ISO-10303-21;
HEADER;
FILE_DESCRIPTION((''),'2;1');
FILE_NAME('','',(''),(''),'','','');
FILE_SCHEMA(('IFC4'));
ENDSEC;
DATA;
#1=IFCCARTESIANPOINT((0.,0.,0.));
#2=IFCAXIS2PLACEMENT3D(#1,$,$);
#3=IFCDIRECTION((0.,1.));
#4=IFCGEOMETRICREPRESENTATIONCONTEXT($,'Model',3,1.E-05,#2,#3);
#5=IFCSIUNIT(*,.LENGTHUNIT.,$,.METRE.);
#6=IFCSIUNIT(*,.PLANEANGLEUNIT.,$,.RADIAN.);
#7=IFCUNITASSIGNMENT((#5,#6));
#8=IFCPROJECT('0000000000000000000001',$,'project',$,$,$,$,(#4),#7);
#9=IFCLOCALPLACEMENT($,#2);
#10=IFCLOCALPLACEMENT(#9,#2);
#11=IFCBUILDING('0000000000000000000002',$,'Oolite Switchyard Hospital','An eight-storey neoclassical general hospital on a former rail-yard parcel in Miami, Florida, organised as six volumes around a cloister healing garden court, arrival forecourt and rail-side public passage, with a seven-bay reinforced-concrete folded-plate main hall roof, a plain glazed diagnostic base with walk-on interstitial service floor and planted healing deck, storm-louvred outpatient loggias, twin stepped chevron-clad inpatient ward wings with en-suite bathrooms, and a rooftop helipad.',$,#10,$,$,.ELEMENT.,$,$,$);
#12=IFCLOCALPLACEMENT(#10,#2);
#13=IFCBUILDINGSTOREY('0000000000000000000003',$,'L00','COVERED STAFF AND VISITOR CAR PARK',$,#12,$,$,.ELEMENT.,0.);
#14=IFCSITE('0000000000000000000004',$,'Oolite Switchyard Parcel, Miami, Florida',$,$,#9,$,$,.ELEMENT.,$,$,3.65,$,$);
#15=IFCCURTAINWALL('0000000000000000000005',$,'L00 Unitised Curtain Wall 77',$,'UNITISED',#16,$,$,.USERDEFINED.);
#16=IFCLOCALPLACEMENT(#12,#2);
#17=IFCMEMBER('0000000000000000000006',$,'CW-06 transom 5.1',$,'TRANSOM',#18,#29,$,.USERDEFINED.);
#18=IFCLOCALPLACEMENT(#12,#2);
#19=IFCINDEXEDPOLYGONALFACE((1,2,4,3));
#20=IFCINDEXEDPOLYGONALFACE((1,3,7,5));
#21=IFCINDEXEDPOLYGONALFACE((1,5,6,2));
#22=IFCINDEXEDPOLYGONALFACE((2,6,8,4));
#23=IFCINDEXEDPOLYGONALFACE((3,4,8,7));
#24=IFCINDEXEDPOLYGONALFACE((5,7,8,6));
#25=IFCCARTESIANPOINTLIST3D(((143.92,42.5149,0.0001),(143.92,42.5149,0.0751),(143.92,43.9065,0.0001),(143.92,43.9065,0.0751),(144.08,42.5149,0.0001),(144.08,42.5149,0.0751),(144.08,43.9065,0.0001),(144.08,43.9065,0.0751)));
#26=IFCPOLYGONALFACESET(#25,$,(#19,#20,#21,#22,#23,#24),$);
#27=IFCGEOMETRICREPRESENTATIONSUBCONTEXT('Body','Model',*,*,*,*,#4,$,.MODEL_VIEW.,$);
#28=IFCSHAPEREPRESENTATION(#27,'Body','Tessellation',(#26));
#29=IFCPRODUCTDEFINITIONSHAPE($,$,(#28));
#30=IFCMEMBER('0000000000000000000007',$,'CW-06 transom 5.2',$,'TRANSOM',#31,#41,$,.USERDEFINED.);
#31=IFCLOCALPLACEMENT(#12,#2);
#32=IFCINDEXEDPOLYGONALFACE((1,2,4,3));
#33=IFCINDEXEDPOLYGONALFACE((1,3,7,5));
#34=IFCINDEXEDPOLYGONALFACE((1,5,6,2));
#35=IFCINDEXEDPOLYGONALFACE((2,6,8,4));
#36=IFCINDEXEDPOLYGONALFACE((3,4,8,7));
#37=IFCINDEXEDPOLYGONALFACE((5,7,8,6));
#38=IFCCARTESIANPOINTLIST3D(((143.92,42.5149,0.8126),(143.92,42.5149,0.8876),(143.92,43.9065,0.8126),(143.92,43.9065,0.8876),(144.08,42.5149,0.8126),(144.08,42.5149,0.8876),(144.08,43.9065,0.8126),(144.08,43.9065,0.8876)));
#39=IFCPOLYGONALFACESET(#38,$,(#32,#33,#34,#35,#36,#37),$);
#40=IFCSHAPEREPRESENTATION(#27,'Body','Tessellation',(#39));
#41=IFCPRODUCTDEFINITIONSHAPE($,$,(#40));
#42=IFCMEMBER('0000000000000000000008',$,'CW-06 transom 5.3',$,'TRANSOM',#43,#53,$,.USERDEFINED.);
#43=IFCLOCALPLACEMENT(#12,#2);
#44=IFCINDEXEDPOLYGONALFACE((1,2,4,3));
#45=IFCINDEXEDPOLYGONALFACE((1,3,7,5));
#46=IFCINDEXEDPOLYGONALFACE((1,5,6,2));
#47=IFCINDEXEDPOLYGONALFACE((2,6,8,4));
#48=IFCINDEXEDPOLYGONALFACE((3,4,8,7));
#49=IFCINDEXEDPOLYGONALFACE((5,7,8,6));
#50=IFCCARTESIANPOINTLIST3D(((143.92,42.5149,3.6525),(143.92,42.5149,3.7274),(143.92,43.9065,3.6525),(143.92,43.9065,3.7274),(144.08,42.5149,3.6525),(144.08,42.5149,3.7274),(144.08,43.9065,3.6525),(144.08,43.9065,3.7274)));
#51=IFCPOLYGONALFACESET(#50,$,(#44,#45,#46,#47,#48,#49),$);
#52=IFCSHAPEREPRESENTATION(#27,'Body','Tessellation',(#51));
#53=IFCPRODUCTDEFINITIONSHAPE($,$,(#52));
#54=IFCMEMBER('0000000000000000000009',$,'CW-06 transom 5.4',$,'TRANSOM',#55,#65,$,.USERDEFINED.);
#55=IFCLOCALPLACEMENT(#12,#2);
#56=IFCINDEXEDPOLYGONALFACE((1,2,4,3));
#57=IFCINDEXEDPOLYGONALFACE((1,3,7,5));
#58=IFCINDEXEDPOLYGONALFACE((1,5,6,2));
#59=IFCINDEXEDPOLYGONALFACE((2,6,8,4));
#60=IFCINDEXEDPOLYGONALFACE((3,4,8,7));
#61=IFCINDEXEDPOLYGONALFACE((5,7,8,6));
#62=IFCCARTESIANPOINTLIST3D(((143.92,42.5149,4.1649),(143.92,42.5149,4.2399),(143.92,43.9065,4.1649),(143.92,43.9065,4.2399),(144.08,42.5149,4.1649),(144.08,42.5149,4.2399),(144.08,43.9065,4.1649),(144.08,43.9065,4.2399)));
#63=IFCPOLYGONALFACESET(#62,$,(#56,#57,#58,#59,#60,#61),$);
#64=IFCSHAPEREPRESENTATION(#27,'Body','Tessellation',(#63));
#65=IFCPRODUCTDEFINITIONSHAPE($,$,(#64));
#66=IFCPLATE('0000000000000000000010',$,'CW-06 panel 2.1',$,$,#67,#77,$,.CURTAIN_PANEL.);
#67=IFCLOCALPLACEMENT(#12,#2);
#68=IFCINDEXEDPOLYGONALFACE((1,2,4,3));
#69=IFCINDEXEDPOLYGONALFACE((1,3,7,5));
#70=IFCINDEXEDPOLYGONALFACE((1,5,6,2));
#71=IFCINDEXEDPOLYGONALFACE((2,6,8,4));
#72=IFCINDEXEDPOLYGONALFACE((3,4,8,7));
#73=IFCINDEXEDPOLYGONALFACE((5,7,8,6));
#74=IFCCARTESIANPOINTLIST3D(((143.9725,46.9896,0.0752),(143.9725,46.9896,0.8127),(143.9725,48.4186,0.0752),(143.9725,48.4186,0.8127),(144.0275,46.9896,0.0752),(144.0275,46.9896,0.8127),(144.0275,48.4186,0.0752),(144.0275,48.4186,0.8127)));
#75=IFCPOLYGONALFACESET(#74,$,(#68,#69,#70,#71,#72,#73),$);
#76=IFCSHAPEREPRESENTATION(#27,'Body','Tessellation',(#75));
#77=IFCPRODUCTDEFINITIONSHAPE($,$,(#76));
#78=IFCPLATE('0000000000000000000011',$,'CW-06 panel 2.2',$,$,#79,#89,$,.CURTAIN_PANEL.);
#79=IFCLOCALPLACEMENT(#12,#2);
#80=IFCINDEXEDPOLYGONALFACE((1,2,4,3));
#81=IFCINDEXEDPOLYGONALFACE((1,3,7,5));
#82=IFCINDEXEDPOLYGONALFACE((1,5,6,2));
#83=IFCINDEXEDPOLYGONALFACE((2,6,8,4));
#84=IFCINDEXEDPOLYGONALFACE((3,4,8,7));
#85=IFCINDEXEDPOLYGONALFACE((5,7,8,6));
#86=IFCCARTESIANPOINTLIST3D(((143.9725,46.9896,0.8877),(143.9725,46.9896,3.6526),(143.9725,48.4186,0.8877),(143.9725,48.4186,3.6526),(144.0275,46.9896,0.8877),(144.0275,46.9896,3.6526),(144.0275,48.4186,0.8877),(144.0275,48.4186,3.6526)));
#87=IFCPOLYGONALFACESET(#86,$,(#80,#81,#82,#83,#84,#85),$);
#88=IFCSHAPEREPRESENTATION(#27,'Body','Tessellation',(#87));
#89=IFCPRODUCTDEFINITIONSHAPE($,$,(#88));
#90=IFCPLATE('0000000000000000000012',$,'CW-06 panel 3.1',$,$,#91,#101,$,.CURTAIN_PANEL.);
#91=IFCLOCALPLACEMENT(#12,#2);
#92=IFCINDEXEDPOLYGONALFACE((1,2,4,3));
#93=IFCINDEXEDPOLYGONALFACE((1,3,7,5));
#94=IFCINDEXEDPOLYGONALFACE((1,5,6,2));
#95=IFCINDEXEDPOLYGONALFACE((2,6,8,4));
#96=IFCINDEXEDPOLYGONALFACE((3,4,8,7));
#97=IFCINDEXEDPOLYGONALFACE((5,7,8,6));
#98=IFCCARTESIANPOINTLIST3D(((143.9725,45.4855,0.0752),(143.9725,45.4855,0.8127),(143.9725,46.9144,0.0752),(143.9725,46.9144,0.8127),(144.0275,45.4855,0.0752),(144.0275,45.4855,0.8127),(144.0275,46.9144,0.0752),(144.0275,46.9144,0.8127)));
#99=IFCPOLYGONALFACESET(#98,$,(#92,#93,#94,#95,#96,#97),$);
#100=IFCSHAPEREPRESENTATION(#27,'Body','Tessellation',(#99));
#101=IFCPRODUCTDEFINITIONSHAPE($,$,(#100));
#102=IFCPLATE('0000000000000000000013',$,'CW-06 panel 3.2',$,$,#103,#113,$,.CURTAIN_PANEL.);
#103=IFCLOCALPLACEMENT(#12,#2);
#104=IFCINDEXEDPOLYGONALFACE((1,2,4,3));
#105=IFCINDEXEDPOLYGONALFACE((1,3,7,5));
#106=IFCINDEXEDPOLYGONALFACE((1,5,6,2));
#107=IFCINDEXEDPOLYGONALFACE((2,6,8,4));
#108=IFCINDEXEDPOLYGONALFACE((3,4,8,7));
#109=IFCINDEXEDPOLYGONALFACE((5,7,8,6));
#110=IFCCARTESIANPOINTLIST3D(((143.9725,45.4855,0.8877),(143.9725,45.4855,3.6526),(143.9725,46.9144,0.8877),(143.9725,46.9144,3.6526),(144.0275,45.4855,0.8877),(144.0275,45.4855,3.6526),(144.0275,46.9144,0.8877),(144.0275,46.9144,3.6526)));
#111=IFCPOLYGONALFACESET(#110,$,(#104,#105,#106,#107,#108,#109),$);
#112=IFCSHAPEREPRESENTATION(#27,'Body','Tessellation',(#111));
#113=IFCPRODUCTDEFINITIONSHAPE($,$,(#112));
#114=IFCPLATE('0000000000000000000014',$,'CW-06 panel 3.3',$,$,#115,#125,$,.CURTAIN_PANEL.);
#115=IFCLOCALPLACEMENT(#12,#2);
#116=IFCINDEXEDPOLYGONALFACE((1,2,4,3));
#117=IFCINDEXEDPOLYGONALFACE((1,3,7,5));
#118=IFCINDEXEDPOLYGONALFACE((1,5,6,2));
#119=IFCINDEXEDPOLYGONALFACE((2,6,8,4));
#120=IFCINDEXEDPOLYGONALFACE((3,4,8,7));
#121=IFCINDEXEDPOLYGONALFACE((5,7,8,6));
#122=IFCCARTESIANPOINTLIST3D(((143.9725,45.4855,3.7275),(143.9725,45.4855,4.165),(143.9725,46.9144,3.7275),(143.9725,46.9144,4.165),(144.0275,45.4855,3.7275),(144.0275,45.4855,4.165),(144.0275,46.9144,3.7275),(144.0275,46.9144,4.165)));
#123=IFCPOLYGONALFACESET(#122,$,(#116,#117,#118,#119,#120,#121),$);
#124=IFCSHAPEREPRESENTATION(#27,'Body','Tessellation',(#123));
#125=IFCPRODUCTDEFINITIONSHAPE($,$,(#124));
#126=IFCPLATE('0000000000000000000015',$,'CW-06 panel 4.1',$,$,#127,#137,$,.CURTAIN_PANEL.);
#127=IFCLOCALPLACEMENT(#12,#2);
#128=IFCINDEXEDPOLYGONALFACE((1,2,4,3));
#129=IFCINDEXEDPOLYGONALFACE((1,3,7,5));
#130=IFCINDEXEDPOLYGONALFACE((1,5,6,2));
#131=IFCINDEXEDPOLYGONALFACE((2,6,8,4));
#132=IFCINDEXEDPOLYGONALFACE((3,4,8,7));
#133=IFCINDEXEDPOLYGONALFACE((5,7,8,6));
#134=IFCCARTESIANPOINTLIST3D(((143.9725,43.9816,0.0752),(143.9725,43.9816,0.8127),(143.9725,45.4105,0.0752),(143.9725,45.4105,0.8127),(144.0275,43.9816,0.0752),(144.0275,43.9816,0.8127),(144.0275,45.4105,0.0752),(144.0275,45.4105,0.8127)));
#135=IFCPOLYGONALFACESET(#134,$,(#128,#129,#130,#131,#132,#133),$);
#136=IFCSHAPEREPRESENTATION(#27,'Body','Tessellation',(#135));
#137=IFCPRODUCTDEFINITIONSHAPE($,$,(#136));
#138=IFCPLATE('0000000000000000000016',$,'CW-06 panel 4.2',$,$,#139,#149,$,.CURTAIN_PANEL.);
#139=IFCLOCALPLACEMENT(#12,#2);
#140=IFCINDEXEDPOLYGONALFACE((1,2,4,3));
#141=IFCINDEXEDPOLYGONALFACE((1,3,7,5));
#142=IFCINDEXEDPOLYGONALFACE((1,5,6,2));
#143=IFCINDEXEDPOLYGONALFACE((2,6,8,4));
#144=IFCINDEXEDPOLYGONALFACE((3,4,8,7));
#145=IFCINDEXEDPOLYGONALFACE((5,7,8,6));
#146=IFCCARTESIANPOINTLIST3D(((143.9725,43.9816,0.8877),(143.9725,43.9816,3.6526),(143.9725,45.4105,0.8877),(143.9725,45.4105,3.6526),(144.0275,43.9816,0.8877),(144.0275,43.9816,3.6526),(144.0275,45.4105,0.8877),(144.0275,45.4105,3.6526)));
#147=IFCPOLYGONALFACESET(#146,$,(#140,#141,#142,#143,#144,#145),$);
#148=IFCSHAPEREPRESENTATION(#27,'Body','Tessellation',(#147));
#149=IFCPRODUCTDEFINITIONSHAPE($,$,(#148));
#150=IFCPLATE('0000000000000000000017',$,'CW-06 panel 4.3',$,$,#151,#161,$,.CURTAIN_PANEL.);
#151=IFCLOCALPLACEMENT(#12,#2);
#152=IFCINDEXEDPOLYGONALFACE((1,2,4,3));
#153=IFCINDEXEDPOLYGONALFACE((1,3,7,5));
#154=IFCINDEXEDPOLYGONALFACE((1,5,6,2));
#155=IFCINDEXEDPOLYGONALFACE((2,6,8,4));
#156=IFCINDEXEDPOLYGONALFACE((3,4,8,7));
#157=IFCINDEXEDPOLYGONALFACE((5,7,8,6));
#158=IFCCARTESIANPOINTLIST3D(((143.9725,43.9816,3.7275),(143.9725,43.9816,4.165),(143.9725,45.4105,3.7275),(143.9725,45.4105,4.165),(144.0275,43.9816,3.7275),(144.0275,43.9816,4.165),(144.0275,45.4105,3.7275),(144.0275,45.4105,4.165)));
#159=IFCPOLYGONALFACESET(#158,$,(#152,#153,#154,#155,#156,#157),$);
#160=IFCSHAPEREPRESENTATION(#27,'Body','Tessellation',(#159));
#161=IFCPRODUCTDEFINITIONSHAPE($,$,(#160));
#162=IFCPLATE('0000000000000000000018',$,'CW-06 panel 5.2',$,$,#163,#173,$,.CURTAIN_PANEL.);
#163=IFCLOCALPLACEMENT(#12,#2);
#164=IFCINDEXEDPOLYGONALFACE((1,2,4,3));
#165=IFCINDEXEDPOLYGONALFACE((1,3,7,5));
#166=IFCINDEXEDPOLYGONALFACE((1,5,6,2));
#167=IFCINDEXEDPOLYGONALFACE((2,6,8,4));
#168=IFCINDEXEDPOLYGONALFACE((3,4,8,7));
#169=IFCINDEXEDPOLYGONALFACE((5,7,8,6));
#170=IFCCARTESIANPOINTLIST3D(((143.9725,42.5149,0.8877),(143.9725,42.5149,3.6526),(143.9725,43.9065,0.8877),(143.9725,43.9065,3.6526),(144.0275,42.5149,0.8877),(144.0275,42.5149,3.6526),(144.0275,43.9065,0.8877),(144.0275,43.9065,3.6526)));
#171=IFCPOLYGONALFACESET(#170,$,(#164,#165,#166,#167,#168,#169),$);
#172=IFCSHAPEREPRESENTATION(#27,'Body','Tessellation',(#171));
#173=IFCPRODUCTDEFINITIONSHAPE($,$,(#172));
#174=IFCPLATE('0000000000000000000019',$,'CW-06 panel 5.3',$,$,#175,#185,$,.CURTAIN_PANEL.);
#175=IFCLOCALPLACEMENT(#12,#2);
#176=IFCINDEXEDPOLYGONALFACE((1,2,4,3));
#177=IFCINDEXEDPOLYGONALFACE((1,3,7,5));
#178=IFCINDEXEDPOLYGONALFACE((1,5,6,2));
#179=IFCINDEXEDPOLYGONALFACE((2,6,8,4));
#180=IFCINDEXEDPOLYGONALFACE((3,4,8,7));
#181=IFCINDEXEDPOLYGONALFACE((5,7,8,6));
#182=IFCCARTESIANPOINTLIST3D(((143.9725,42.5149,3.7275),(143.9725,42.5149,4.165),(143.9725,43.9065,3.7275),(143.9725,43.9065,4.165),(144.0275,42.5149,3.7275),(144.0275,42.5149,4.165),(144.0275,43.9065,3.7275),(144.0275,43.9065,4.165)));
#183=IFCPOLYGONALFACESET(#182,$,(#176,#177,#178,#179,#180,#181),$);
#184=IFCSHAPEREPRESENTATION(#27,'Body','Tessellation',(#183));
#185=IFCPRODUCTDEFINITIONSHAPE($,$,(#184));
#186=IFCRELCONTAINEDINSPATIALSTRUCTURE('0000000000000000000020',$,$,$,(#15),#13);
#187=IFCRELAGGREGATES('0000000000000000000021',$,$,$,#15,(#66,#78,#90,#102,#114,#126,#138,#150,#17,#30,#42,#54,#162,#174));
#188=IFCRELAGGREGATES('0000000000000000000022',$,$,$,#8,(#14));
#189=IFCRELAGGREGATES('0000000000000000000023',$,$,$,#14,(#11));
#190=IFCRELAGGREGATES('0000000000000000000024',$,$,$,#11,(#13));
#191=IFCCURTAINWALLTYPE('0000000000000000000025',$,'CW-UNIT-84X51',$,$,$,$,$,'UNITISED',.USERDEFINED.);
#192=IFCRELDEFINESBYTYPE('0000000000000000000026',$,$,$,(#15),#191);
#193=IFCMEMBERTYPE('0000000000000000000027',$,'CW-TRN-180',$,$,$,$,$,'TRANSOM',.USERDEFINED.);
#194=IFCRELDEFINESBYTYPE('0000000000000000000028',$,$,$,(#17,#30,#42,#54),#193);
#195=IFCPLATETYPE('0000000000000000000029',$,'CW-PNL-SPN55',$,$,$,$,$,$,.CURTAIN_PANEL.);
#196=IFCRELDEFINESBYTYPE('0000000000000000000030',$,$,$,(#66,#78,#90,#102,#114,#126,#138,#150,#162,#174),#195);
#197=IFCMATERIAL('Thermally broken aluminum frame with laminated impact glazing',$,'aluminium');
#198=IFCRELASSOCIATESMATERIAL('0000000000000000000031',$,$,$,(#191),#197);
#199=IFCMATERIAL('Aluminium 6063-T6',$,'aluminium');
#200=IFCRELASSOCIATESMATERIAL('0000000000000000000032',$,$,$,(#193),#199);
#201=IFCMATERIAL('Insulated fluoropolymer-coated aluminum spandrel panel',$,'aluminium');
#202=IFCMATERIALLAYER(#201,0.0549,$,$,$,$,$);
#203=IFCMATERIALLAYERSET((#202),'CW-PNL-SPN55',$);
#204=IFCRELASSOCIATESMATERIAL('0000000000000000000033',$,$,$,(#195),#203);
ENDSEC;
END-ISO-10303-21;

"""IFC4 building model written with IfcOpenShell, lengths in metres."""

from ifc_helpers import new_model, si_unit, direction, frame, origin, origin_2d, place, context, subcontext, project, spatial, rectangle, extrude, material, layer, layer_set, material_profile, profile_set, type_object, element, aggregate, save


model = new_model("IFC4")

# Units and contexts
model_context = context("Model", 3, precision=1e-05, world=origin(), true_north=direction((0.0, 1.0)))
body_context = subcontext(model_context, "Body", "Model", "MODEL_VIEW")
ifc_project = project(units=[si_unit("LENGTHUNIT", "METRE"), si_unit("PLANEANGLEUNIT", "RADIAN")], contexts=[model_context])

# Site, building, storey
site_placement = place(None, origin())
site = spatial("IfcSite", under=ifc_project, at=site_placement, Name="Oolite Switchyard Parcel, Miami, Florida", CompositionType="ELEMENT", RefElevation=3.65)
building_placement = place(site_placement, origin())
building = spatial("IfcBuilding", under=site, at=building_placement, Name="Oolite Switchyard Hospital", Description="An eight-storey neoclassical general hospital on a former rail-yard parcel in Miami, Florida, organised as six volumes around a cloister healing garden court, arrival forecourt and rail-side public passage, with a seven-bay reinforced-concrete folded-plate main hall roof, a plain glazed diagnostic base with walk-on interstitial service floor and planted healing deck, storm-louvred outpatient loggias, twin stepped chevron-clad inpatient ward wings with en-suite bathrooms, and a rooftop helipad.", CompositionType="ELEMENT")
storey_placement = place(building_placement, origin())
storey = spatial("IfcBuildingStorey", under=building, at=storey_placement, Name="L00", Description="COVERED STAFF AND VISITOR CAR PARK", CompositionType="ELEMENT", Elevation=0.0)

# Curtain wall, members, plates
ifc_material_1 = material(Name="Thermally broken aluminum frame with laminated impact glazing", Category="aluminium")
curtain_wall_type = type_object("IfcCurtainWallType", Name="CW-UNIT-84X51", ElementType="UNITISED", PredefinedType="USERDEFINED", material=ifc_material_1)
curtain_wall_placement = place(storey_placement, origin())
curtain_wall = element("IfcCurtainWall", 1, at=curtain_wall_placement, inside=storey, type_object=curtain_wall_type, Name="L00 Unitised Curtain Wall 77", ObjectType="UNITISED", PredefinedType="USERDEFINED")
ifc_material_2 = material(Name="Aluminium 6063-T6", Category="aluminium")
ifc_material_profile_1 = material_profile(ifc_material_2, rectangle(XDim=0.1599, YDim=0.075, at=origin_2d()), Name="CWT75X160")
ifc_profile_set_1 = profile_set([ifc_material_profile_1], Name="Aluminium 6063-T6")
member_type_1 = type_object("IfcMemberType", Name="CW-TRN-180", ElementType="TRANSOM", PredefinedType="USERDEFINED", material=ifc_profile_set_1)
member_1_placement = place(storey_placement, frame((144.0, 43.9065, 0.0376), z_axis=(0.0, -1.0, 0.0), x_axis=(1.0, 0.0, 0.0)))
member_1 = element("IfcMember", 2, at=member_1_placement, type_object=member_type_1, Name="CW-06 transom 5.1", ObjectType="TRANSOM", PredefinedType="USERDEFINED", context=body_context, shape_type="SweptSolid", body=[
    extrude(rectangle(XDim=0.1599, YDim=0.075, at=origin_2d()), origin(), (0.0, 0.0, 1.0), 1.3916),
])
member_2_placement = place(storey_placement, frame((144.0, 43.9065, 0.8501), z_axis=(0.0, -1.0, 0.0), x_axis=(1.0, 0.0, 0.0)))
member_2 = element("IfcMember", 3, at=member_2_placement, type_object=member_type_1, Name="CW-06 transom 5.2", ObjectType="TRANSOM", PredefinedType="USERDEFINED", context=body_context, shape_type="SweptSolid", body=[
    extrude(rectangle(XDim=0.1599, YDim=0.075, at=origin_2d()), origin(), (0.0, 0.0, 1.0), 1.3916),
])
member_3_placement = place(storey_placement, frame((144.0, 43.9065, 3.6899), z_axis=(0.0, -1.0, 0.0), x_axis=(1.0, 0.0, 0.0)))
member_3 = element("IfcMember", 4, at=member_3_placement, type_object=member_type_1, Name="CW-06 transom 5.3", ObjectType="TRANSOM", PredefinedType="USERDEFINED", context=body_context, shape_type="SweptSolid", body=[
    extrude(rectangle(XDim=0.1599, YDim=0.075, at=origin_2d()), origin(), (0.0, 0.0, 1.0), 1.3916),
])
member_4_placement = place(storey_placement, frame((144.0, 43.9065, 4.2024), z_axis=(0.0, -1.0, 0.0), x_axis=(1.0, 0.0, 0.0)))
member_4 = element("IfcMember", 5, at=member_4_placement, type_object=member_type_1, Name="CW-06 transom 5.4", ObjectType="TRANSOM", PredefinedType="USERDEFINED", context=body_context, shape_type="SweptSolid", body=[
    extrude(rectangle(XDim=0.1599, YDim=0.075, at=origin_2d()), origin(), (0.0, 0.0, 1.0), 1.3916),
])
ifc_material_3 = material(Name="Insulated fluoropolymer-coated aluminum spandrel panel", Category="aluminium")
ifc_layer = layer(ifc_material_3, 0.0549)
ifc_layer_set = layer_set([ifc_layer], Name="CW-PNL-SPN55")
plate_type = type_object("IfcPlateType", Name="CW-PNL-SPN55", PredefinedType="CURTAIN_PANEL", material=ifc_layer_set)
plate_1_placement = place(storey_placement, frame((144.0, 47.7041, 0.0752), z_axis=(0.0, 0.0, 1.0), x_axis=(0.0, -1.0, 0.0)))
plate_1 = element("IfcPlate", 6, at=plate_1_placement, type_object=plate_type, Name="CW-06 panel 2.1", PredefinedType="CURTAIN_PANEL", context=body_context, shape_type="SweptSolid", body=[
    extrude(rectangle(XDim=1.429, YDim=0.0549, at=origin_2d()), origin(), (0.0, 0.0, 1.0), 0.7375),
])
plate_2_placement = place(storey_placement, frame((144.0, 47.7041, 0.8877), z_axis=(0.0, 0.0, 1.0), x_axis=(0.0, -1.0, 0.0)))
plate_2 = element("IfcPlate", 7, at=plate_2_placement, type_object=plate_type, Name="CW-06 panel 2.2", PredefinedType="CURTAIN_PANEL", context=body_context, shape_type="SweptSolid", body=[
    extrude(rectangle(XDim=1.429, YDim=0.0549, at=origin_2d()), origin(), (0.0, 0.0, 1.0), 2.7649),
])
plate_3_placement = place(storey_placement, frame((144.0, 46.2, 0.0752), z_axis=(0.0, 0.0, 1.0), x_axis=(0.0, -1.0, 0.0)))
plate_3 = element("IfcPlate", 8, at=plate_3_placement, type_object=plate_type, Name="CW-06 panel 3.1", PredefinedType="CURTAIN_PANEL", context=body_context, shape_type="SweptSolid", body=[
    extrude(rectangle(XDim=1.429, YDim=0.0549, at=origin_2d()), origin(), (0.0, 0.0, 1.0), 0.7375),
])
plate_4_placement = place(storey_placement, frame((144.0, 46.2, 0.8877), z_axis=(0.0, 0.0, 1.0), x_axis=(0.0, -1.0, 0.0)))
plate_4 = element("IfcPlate", 9, at=plate_4_placement, type_object=plate_type, Name="CW-06 panel 3.2", PredefinedType="CURTAIN_PANEL", context=body_context, shape_type="SweptSolid", body=[
    extrude(rectangle(XDim=1.429, YDim=0.0549, at=origin_2d()), origin(), (0.0, 0.0, 1.0), 2.7649),
])
plate_5_placement = place(storey_placement, frame((144.0, 46.2, 3.7275), z_axis=(0.0, 0.0, 1.0), x_axis=(0.0, -1.0, 0.0)))
plate_5 = element("IfcPlate", 10, at=plate_5_placement, type_object=plate_type, Name="CW-06 panel 3.3", PredefinedType="CURTAIN_PANEL", context=body_context, shape_type="SweptSolid", body=[
    extrude(rectangle(XDim=1.429, YDim=0.0549, at=origin_2d()), origin(), (0.0, 0.0, 1.0), 0.4375),
])
plate_6_placement = place(storey_placement, frame((144.0, 44.696, 0.0752), z_axis=(0.0, 0.0, 1.0), x_axis=(0.0, -1.0, 0.0)))
plate_6 = element("IfcPlate", 11, at=plate_6_placement, type_object=plate_type, Name="CW-06 panel 4.1", PredefinedType="CURTAIN_PANEL", context=body_context, shape_type="SweptSolid", body=[
    extrude(rectangle(XDim=1.429, YDim=0.0549, at=origin_2d()), origin(), (0.0, 0.0, 1.0), 0.7375),
])
plate_7_placement = place(storey_placement, frame((144.0, 44.696, 0.8877), z_axis=(0.0, 0.0, 1.0), x_axis=(0.0, -1.0, 0.0)))
plate_7 = element("IfcPlate", 12, at=plate_7_placement, type_object=plate_type, Name="CW-06 panel 4.2", PredefinedType="CURTAIN_PANEL", context=body_context, shape_type="SweptSolid", body=[
    extrude(rectangle(XDim=1.429, YDim=0.0549, at=origin_2d()), origin(), (0.0, 0.0, 1.0), 2.7649),
])
plate_8_placement = place(storey_placement, frame((144.0, 44.696, 3.7275), z_axis=(0.0, 0.0, 1.0), x_axis=(0.0, -1.0, 0.0)))
plate_8 = element("IfcPlate", 13, at=plate_8_placement, type_object=plate_type, Name="CW-06 panel 4.3", PredefinedType="CURTAIN_PANEL", context=body_context, shape_type="SweptSolid", body=[
    extrude(rectangle(XDim=1.429, YDim=0.0549, at=origin_2d()), origin(), (0.0, 0.0, 1.0), 0.4375),
])
plate_9_placement = place(storey_placement, frame((144.0, 43.2107, 0.8877), z_axis=(0.0, 0.0, 1.0), x_axis=(0.0, -1.0, 0.0)))
plate_9 = element("IfcPlate", 14, at=plate_9_placement, type_object=plate_type, Name="CW-06 panel 5.2", PredefinedType="CURTAIN_PANEL", context=body_context, shape_type="SweptSolid", body=[
    extrude(rectangle(XDim=1.3916, YDim=0.0549, at=origin_2d()), origin(), (0.0, 0.0, 1.0), 2.7649),
])
plate_10_placement = place(storey_placement, frame((144.0, 43.2107, 3.7275), z_axis=(0.0, 0.0, 1.0), x_axis=(0.0, -1.0, 0.0)))
plate_10 = element("IfcPlate", 15, at=plate_10_placement, type_object=plate_type, Name="CW-06 panel 5.3", PredefinedType="CURTAIN_PANEL", context=body_context, shape_type="SweptSolid", body=[
    extrude(rectangle(XDim=1.3916, YDim=0.0549, at=origin_2d()), origin(), (0.0, 0.0, 1.0), 0.4375),
])
aggregate(curtain_wall, [plate_1, plate_2, plate_3, plate_4, plate_5, plate_6, plate_7, plate_8, member_1, member_2, member_3, member_4, plate_9, plate_10])

save(model, "model.ifc")
